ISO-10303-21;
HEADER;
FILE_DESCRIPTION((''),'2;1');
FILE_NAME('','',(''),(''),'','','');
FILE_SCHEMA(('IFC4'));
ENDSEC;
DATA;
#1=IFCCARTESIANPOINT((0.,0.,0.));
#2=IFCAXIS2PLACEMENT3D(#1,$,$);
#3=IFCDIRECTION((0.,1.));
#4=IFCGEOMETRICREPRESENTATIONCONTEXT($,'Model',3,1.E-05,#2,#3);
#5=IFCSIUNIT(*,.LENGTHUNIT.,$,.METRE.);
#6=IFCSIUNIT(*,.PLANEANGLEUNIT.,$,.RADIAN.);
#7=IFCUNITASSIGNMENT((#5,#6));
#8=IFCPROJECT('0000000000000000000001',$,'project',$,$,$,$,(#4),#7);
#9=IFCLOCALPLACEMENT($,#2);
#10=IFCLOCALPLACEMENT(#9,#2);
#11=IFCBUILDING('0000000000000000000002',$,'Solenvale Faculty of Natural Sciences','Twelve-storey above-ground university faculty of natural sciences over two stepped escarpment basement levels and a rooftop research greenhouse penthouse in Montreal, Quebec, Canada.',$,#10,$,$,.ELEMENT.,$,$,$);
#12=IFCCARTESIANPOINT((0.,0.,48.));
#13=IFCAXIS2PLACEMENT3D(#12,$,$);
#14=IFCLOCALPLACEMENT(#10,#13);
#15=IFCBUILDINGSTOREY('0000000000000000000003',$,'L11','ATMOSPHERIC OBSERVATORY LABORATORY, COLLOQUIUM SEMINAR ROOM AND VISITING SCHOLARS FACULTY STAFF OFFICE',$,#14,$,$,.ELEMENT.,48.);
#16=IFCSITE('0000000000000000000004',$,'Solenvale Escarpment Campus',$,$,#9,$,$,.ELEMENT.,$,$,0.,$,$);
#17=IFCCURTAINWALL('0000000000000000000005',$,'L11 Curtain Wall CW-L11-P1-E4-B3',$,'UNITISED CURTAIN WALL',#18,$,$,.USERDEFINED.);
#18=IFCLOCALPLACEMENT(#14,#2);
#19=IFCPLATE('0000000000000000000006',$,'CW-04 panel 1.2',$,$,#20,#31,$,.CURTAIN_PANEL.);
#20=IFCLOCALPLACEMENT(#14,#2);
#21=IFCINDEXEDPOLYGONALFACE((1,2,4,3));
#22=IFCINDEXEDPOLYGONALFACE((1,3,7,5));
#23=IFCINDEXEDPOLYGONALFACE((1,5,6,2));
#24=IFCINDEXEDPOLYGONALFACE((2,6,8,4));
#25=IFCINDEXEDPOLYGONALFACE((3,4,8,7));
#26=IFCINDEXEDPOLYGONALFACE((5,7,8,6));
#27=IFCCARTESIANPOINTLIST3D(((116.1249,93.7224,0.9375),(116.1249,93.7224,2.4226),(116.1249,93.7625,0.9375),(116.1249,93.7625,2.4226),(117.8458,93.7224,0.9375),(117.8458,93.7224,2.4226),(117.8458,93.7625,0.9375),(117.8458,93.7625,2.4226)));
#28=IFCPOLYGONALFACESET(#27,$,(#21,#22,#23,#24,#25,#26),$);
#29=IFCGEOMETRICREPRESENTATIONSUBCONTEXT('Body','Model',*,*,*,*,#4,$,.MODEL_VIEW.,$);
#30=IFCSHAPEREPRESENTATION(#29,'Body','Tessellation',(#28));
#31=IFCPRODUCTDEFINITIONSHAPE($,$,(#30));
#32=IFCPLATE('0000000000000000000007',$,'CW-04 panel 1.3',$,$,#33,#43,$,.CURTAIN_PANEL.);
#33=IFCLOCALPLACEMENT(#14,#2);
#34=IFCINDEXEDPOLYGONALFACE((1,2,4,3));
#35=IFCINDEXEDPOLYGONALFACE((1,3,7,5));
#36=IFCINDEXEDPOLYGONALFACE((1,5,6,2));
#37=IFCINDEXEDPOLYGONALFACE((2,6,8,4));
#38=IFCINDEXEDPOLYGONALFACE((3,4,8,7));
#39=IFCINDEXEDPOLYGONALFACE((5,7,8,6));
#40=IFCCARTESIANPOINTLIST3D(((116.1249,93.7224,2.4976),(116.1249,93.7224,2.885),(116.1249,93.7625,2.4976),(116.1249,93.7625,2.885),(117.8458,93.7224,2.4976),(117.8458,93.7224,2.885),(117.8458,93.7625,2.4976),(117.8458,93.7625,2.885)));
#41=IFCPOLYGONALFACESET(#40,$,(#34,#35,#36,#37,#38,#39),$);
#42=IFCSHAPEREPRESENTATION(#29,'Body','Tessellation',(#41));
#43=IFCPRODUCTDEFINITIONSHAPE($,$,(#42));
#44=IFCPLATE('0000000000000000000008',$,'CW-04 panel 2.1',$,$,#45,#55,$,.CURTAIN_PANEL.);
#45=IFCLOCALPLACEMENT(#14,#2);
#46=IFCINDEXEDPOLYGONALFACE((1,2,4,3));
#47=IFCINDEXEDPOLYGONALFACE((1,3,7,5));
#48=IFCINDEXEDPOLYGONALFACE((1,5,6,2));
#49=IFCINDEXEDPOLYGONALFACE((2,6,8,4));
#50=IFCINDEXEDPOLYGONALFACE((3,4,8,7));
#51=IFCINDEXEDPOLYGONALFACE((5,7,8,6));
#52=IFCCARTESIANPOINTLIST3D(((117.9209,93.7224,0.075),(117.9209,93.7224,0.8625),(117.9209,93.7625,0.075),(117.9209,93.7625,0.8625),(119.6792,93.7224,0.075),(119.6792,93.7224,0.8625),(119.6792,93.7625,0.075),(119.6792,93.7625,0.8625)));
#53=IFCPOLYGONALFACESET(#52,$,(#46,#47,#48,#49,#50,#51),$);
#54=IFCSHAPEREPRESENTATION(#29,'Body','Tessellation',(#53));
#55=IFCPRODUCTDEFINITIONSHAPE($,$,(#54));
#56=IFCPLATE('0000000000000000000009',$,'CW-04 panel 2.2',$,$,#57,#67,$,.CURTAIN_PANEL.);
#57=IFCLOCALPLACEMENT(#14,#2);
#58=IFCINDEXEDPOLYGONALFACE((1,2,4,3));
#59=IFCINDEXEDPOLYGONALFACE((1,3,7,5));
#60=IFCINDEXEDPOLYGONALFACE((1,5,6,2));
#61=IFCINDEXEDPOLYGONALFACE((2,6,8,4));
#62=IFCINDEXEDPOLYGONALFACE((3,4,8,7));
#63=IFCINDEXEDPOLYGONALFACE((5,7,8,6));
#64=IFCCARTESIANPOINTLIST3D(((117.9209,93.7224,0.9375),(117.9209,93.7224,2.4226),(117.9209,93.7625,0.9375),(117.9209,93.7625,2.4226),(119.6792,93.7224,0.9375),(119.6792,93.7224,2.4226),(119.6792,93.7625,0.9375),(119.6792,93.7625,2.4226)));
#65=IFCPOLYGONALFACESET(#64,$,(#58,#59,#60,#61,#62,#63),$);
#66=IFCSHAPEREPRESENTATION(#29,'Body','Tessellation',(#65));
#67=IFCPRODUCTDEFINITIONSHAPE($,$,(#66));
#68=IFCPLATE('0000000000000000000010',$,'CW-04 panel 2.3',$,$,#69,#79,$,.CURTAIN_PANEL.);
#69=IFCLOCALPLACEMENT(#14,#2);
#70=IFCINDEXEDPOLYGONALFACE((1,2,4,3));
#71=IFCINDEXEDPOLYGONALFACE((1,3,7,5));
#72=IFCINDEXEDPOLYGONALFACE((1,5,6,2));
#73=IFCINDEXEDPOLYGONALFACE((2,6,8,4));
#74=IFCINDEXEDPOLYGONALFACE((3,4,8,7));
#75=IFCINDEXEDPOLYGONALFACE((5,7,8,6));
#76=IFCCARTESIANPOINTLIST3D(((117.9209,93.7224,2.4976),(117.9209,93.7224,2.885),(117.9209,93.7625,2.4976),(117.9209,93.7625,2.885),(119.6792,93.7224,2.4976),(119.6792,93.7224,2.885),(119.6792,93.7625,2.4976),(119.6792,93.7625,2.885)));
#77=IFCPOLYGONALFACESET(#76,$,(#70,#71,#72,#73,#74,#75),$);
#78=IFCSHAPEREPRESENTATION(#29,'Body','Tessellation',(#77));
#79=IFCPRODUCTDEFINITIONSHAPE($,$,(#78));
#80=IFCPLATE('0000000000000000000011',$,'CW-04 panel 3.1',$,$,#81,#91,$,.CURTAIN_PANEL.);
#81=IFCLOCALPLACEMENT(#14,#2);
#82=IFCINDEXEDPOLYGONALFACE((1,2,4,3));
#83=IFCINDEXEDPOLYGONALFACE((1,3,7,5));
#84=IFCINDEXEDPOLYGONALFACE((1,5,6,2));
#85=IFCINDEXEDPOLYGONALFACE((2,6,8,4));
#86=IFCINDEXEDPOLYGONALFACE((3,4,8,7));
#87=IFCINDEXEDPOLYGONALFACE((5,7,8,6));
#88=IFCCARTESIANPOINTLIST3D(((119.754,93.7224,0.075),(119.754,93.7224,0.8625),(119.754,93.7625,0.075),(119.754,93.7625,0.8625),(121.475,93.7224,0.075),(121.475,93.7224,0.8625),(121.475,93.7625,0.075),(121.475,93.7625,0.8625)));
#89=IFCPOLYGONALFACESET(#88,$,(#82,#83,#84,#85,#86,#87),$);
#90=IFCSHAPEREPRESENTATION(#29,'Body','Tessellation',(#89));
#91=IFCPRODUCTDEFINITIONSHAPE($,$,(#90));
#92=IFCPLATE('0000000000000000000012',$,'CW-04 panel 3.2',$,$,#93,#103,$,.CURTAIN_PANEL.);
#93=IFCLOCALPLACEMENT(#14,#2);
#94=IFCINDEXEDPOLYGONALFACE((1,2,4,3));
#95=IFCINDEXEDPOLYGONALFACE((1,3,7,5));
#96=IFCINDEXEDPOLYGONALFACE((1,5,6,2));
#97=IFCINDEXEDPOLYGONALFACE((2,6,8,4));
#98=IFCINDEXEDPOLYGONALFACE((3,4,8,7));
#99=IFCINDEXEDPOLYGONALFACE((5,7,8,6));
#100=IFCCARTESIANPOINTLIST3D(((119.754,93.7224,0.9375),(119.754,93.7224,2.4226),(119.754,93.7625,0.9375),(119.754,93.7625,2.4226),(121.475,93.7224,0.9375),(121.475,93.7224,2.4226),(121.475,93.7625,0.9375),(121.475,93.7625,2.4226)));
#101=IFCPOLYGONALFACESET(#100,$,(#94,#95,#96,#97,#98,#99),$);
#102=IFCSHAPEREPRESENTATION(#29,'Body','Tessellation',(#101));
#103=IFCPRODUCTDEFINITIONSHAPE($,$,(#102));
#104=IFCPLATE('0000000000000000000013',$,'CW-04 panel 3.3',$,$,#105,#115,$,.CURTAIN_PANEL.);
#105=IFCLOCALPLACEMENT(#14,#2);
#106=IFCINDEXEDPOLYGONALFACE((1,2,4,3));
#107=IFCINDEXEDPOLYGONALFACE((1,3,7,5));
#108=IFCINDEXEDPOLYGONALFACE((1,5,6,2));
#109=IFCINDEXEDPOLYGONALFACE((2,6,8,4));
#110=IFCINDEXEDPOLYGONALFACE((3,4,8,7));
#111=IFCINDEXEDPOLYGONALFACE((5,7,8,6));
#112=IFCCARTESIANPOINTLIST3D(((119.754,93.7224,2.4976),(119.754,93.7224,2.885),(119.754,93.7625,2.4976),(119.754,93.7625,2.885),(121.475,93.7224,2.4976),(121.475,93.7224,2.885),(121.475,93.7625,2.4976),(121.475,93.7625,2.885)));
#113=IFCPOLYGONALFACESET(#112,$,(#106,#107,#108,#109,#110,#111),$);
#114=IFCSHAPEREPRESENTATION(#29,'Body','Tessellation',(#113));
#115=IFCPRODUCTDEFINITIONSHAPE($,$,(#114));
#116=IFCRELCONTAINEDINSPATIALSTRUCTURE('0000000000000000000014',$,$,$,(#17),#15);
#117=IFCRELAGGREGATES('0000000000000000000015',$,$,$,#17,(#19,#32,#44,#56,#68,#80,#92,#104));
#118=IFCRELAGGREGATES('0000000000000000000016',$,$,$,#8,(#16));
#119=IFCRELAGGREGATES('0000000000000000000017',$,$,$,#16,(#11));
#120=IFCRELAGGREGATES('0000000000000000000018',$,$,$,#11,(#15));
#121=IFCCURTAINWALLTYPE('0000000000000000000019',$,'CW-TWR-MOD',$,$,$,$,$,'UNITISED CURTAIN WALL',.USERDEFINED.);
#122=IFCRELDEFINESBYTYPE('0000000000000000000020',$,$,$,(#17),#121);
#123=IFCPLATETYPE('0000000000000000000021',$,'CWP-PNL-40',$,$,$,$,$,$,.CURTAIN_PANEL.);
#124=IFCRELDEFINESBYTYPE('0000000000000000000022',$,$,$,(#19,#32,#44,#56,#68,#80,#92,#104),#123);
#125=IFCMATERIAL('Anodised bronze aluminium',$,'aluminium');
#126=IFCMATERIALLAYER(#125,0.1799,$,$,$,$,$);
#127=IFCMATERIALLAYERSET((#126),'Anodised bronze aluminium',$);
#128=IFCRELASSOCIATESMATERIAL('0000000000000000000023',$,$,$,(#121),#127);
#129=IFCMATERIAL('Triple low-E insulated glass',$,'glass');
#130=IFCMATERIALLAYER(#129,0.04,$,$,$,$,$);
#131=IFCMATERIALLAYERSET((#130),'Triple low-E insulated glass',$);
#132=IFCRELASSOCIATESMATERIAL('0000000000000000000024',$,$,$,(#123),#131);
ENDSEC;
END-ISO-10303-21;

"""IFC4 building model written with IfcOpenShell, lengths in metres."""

from ifc_helpers import new_model, si_unit, direction, frame, origin, origin_2d, place, context, subcontext, project, spatial, rectangle, extrude, material, layer, layer_set, type_object, element, aggregate, save


model = new_model("IFC4")

# Units and contexts
model_context = context("Model", 3, precision=1e-05, world=origin(), true_north=direction((0.0, 1.0)))
body_context = subcontext(model_context, "Body", "Model", "MODEL_VIEW")
ifc_project = project(units=[si_unit("LENGTHUNIT", "METRE"), si_unit("PLANEANGLEUNIT", "RADIAN")], contexts=[model_context])

# Site, building, storey
site_placement = place(None, origin())
site = spatial("IfcSite", under=ifc_project, at=site_placement, Name="Solenvale Escarpment Campus", CompositionType="ELEMENT", RefElevation=0.0)
building_placement = place(site_placement, origin())
building = spatial("IfcBuilding", under=site, at=building_placement, Name="Solenvale Faculty of Natural Sciences", Description="Twelve-storey above-ground university faculty of natural sciences over two stepped escarpment basement levels and a rooftop research greenhouse penthouse in Montreal, Quebec, Canada.", CompositionType="ELEMENT")
storey_placement = place(building_placement, frame((0.0, 0.0, 48.0)))
storey = spatial("IfcBuildingStorey", under=building, at=storey_placement, Name="L11", Description="ATMOSPHERIC OBSERVATORY LABORATORY, COLLOQUIUM SEMINAR ROOM AND VISITING SCHOLARS FACULTY STAFF OFFICE", CompositionType="ELEMENT", Elevation=48.0)

# Curtain wall, plates
ifc_material_1 = material(Name="Anodised bronze aluminium", Category="aluminium")
ifc_layer_1 = layer(ifc_material_1, 0.1799)
ifc_layer_set_1 = layer_set([ifc_layer_1], Name="Anodised bronze aluminium")
curtain_wall_type = type_object("IfcCurtainWallType", Name="CW-TWR-MOD", ElementType="UNITISED CURTAIN WALL", PredefinedType="USERDEFINED", material=ifc_layer_set_1)
curtain_wall_placement = place(storey_placement, origin())
curtain_wall = element("IfcCurtainWall", 1, at=curtain_wall_placement, inside=storey, type_object=curtain_wall_type, Name="L11 Curtain Wall CW-L11-P1-E4-B3", ObjectType="UNITISED CURTAIN WALL", PredefinedType="USERDEFINED")
ifc_material_2 = material(Name="Triple low-E insulated glass", Category="glass")
ifc_layer_2 = layer(ifc_material_2, 0.04)
ifc_layer_set_2 = layer_set([ifc_layer_2], Name="Triple low-E insulated glass")
plate_type = type_object("IfcPlateType", Name="CWP-PNL-40", PredefinedType="CURTAIN_PANEL", material=ifc_layer_set_2)
plate_1_placement = place(storey_placement, frame((116.9854, 93.7424, 0.9375), z_axis=(0.0, 0.0, 1.0), x_axis=(1.0, 0.0, 0.0)))
plate_1 = element("IfcPlate", 2, at=plate_1_placement, type_object=plate_type, Name="CW-04 panel 1.2", PredefinedType="CURTAIN_PANEL", context=body_context, shape_type="SweptSolid", body=[
    extrude(rectangle(XDim=1.7209, YDim=0.04, at=origin_2d()), origin(), (0.0, 0.0, 1.0), 1.4851),
])
plate_2_placement = place(storey_placement, frame((116.9854, 93.7424, 2.4976), z_axis=(0.0, 0.0, 1.0), x_axis=(1.0, 0.0, 0.0)))
plate_2 = element("IfcPlate", 3, at=plate_2_placement, type_object=plate_type, Name="CW-04 panel 1.3", PredefinedType="CURTAIN_PANEL", context=body_context, shape_type="SweptSolid", body=[
    extrude(rectangle(XDim=1.7209, YDim=0.04, at=origin_2d()), origin(), (0.0, 0.0, 1.0), 0.3875),
])
plate_3_placement = place(storey_placement, frame((118.8, 93.7424, 0.075), z_axis=(0.0, 0.0, 1.0), x_axis=(1.0, 0.0, 0.0)))
plate_3 = element("IfcPlate", 4, at=plate_3_placement, type_object=plate_type, Name="CW-04 panel 2.1", PredefinedType="CURTAIN_PANEL", context=body_context, shape_type="SweptSolid", body=[
    extrude(rectangle(XDim=1.7583, YDim=0.04, at=origin_2d()), origin(), (0.0, 0.0, 1.0), 0.7876),
])
plate_4_placement = place(storey_placement, frame((118.8, 93.7424, 0.9375), z_axis=(0.0, 0.0, 1.0), x_axis=(1.0, 0.0, 0.0)))
plate_4 = element("IfcPlate", 5, at=plate_4_placement, type_object=plate_type, Name="CW-04 panel 2.2", PredefinedType="CURTAIN_PANEL", context=body_context, shape_type="SweptSolid", body=[
    extrude(rectangle(XDim=1.7583, YDim=0.04, at=origin_2d()), origin(), (0.0, 0.0, 1.0), 1.4851),
])
plate_5_placement = place(storey_placement, frame((118.8, 93.7424, 2.4976), z_axis=(0.0, 0.0, 1.0), x_axis=(1.0, 0.0, 0.0)))
plate_5 = element("IfcPlate", 6, at=plate_5_placement, type_object=plate_type, Name="CW-04 panel 2.3", PredefinedType="CURTAIN_PANEL", context=body_context, shape_type="SweptSolid", body=[
    extrude(rectangle(XDim=1.7583, YDim=0.04, at=origin_2d()), origin(), (0.0, 0.0, 1.0), 0.3875),
])
plate_6_placement = place(storey_placement, frame((120.6145, 93.7424, 0.075), z_axis=(0.0, 0.0, 1.0), x_axis=(1.0, 0.0, 0.0)))
plate_6 = element("IfcPlate", 7, at=plate_6_placement, type_object=plate_type, Name="CW-04 panel 3.1", PredefinedType="CURTAIN_PANEL", context=body_context, shape_type="SweptSolid", body=[
    extrude(rectangle(XDim=1.7209, YDim=0.04, at=origin_2d()), origin(), (0.0, 0.0, 1.0), 0.7876),
])
plate_7_placement = place(storey_placement, frame((120.6145, 93.7424, 0.9375), z_axis=(0.0, 0.0, 1.0), x_axis=(1.0, 0.0, 0.0)))
plate_7 = element("IfcPlate", 8, at=plate_7_placement, type_object=plate_type, Name="CW-04 panel 3.2", PredefinedType="CURTAIN_PANEL", context=body_context, shape_type="SweptSolid", body=[
    extrude(rectangle(XDim=1.7209, YDim=0.04, at=origin_2d()), origin(), (0.0, 0.0, 1.0), 1.4851),
])
plate_8_placement = place(storey_placement, frame((120.6145, 93.7424, 2.4976), z_axis=(0.0, 0.0, 1.0), x_axis=(1.0, 0.0, 0.0)))
plate_8 = element("IfcPlate", 9, at=plate_8_placement, type_object=plate_type, Name="CW-04 panel 3.3", PredefinedType="CURTAIN_PANEL", context=body_context, shape_type="SweptSolid", body=[
    extrude(rectangle(XDim=1.7209, YDim=0.04, at=origin_2d()), origin(), (0.0, 0.0, 1.0), 0.3875),
])
aggregate(curtain_wall, [plate_1, plate_2, plate_3, plate_4, plate_5, plate_6, plate_7, plate_8])

save(model, "model.ifc")
